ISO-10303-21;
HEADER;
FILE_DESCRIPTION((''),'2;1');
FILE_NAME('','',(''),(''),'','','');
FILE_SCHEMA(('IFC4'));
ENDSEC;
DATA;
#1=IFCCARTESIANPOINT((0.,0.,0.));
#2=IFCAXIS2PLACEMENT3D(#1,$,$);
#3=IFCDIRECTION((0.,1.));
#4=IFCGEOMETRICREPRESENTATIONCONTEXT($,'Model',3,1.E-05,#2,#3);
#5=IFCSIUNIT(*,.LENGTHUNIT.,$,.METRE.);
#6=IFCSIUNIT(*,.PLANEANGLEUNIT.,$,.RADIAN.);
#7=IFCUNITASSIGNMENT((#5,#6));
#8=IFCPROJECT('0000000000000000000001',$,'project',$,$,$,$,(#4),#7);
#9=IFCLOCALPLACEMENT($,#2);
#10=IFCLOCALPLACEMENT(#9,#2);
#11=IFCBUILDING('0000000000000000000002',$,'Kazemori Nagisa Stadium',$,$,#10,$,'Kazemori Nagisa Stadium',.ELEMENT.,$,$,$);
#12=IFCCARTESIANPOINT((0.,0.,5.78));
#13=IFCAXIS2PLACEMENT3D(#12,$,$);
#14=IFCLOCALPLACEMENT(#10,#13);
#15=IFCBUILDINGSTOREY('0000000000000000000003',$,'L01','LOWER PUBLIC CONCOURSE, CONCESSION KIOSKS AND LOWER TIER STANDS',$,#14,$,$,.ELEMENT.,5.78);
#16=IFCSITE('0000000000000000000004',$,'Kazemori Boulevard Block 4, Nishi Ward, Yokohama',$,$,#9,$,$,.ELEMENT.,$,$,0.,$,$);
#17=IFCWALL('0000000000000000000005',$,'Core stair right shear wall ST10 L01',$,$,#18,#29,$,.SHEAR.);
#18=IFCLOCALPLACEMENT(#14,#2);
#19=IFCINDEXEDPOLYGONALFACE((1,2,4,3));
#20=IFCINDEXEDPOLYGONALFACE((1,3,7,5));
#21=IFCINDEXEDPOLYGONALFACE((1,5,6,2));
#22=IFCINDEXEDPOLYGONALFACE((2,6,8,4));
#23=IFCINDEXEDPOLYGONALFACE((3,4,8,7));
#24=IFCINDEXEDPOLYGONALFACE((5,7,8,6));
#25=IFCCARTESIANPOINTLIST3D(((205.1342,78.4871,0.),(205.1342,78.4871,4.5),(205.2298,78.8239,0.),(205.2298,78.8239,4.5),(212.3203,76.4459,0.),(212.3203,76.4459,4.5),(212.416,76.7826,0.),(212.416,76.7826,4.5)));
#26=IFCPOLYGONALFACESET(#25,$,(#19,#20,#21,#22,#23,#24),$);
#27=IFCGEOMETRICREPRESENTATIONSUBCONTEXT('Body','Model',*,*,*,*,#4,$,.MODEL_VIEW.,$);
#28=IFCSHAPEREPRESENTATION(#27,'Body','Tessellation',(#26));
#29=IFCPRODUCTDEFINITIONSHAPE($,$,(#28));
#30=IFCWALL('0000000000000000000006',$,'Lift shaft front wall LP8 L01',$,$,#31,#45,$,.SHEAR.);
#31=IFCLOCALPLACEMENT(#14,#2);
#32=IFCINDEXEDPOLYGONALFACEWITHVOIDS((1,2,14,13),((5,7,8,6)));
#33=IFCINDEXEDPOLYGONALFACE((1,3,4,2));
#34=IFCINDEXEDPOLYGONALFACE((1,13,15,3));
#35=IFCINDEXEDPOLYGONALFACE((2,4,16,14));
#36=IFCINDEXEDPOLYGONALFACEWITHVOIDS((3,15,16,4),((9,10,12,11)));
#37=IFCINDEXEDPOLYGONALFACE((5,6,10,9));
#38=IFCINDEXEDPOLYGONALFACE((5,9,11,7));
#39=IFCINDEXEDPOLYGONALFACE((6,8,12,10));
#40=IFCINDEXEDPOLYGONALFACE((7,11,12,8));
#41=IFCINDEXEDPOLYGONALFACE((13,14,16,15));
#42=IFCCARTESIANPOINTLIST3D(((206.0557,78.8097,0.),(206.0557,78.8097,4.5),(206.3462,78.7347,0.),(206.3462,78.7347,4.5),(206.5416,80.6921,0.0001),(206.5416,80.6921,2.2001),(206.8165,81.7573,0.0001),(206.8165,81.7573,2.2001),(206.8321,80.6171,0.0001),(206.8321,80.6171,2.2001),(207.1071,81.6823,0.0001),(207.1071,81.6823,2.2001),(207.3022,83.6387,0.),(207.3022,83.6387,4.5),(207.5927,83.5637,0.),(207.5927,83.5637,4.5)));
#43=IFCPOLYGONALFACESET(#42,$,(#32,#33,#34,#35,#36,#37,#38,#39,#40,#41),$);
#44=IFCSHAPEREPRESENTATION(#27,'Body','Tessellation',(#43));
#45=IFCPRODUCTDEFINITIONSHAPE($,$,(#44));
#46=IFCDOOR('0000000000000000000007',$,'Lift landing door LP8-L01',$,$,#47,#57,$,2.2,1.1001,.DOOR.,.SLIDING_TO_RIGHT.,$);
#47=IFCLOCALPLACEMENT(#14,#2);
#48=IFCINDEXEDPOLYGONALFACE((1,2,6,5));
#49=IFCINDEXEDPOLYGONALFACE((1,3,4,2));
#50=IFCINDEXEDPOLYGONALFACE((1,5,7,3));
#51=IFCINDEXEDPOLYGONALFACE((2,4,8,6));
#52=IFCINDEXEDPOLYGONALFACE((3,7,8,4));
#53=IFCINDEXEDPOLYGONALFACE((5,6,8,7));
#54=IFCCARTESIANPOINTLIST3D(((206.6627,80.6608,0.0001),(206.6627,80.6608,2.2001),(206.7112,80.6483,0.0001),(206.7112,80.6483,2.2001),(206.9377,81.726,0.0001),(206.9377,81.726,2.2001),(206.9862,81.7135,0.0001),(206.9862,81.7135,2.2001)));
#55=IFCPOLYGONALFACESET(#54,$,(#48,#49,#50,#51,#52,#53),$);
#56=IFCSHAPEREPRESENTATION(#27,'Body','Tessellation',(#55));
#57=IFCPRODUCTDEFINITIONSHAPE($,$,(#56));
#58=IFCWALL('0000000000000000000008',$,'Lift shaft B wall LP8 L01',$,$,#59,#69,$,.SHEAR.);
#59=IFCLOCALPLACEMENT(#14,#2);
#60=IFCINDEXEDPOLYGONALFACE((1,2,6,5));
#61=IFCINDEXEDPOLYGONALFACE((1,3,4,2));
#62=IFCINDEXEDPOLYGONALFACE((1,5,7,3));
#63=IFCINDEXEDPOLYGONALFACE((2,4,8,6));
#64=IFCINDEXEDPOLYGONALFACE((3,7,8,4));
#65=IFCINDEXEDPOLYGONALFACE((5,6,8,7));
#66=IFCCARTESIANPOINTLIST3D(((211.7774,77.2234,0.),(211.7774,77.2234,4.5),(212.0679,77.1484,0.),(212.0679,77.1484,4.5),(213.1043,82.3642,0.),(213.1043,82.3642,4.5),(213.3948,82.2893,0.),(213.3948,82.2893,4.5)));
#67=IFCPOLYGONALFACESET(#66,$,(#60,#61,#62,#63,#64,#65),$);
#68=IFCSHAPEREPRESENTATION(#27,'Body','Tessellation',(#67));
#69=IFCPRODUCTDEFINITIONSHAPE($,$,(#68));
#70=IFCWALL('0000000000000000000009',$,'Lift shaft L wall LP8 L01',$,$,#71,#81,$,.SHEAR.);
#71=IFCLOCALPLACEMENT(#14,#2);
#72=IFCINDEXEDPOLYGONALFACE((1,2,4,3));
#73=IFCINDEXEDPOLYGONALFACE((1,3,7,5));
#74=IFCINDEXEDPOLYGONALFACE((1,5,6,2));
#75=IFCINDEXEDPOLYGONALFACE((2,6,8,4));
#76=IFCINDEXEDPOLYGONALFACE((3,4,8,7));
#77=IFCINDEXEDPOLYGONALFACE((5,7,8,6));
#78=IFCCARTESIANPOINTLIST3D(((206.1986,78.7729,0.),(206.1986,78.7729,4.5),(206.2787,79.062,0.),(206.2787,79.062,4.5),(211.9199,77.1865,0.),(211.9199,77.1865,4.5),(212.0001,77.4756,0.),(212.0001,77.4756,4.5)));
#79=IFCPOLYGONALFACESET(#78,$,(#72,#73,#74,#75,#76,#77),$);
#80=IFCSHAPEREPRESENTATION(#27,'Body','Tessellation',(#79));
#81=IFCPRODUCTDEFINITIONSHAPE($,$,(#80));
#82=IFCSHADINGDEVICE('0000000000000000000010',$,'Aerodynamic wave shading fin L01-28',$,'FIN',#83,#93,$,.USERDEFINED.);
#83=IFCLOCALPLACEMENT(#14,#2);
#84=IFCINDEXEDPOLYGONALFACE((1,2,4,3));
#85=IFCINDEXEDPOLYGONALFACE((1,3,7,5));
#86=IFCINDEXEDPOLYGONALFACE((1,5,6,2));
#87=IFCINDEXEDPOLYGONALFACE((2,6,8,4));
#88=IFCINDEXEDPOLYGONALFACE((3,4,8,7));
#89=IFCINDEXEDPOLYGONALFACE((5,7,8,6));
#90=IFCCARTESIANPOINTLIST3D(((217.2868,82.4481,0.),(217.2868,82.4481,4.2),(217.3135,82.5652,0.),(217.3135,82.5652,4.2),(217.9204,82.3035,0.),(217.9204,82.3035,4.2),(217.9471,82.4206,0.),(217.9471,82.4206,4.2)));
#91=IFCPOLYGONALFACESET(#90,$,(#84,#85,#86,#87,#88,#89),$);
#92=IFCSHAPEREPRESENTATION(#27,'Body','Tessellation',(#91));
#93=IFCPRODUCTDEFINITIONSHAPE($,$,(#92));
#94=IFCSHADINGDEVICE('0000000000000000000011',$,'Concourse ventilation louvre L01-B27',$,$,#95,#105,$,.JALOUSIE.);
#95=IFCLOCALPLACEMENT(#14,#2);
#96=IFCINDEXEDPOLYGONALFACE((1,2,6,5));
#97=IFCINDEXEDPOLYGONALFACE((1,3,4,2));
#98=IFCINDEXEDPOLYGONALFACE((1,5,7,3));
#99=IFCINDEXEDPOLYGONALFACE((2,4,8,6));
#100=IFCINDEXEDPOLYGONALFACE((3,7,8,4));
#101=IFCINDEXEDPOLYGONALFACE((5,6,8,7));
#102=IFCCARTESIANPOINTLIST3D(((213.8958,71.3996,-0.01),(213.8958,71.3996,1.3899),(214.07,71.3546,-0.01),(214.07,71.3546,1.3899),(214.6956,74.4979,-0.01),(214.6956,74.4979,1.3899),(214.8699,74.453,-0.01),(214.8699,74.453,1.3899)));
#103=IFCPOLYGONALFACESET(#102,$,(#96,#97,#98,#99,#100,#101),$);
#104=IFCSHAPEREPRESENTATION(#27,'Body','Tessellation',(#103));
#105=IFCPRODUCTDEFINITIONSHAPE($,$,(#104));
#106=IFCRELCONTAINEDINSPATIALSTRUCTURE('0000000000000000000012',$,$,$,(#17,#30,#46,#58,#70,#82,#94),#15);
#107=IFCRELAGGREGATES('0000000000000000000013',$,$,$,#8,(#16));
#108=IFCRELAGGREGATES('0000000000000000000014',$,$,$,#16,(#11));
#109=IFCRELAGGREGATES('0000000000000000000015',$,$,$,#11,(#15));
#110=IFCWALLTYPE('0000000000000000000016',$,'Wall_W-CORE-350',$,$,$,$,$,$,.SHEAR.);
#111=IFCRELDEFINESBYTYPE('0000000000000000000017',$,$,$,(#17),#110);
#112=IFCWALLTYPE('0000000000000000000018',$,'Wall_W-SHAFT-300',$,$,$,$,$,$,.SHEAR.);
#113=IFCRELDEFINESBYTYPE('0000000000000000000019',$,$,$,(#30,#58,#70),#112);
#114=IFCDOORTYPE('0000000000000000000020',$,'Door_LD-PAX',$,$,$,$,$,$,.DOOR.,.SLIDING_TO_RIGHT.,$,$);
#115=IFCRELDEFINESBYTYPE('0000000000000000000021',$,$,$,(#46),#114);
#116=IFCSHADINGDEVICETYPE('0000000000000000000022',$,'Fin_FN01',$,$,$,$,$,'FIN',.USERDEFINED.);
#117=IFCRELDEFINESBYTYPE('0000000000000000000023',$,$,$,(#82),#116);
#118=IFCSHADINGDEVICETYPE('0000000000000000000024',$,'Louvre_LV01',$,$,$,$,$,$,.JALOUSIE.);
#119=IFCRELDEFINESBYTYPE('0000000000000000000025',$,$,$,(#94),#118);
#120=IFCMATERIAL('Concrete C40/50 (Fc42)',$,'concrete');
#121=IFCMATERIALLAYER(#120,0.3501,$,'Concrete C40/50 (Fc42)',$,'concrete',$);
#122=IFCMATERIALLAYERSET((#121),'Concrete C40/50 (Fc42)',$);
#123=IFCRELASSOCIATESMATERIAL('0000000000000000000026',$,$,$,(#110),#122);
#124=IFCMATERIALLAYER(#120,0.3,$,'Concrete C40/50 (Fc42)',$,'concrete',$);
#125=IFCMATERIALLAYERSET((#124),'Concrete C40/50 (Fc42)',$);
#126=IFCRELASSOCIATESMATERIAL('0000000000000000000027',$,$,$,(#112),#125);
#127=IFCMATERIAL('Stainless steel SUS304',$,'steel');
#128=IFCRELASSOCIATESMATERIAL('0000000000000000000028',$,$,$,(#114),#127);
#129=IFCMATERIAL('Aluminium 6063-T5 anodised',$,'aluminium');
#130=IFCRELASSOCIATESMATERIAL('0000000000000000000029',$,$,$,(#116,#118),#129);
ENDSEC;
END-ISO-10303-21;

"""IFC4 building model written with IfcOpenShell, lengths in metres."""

from ifc_helpers import new_model, si_unit, direction, frame, frame_2d, origin, origin_2d, place, context, subcontext, project, spatial, rectangle, extrude, material, layer, layer_set, type_object, element, fill, save


model = new_model("IFC4")

# Units and contexts
model_context = context("Model", 3, precision=1e-05, world=origin(), true_north=direction((0.0, 1.0)))
body_context = subcontext(model_context, "Body", "Model", "MODEL_VIEW")
ifc_project = project(units=[si_unit("LENGTHUNIT", "METRE"), si_unit("PLANEANGLEUNIT", "RADIAN")], contexts=[model_context])

# Site, building, storey
site_placement = place(None, origin())
site = spatial("IfcSite", under=ifc_project, at=site_placement, Name="Kazemori Boulevard Block 4, Nishi Ward, Yokohama", CompositionType="ELEMENT", RefElevation=0.0)
building_placement = place(site_placement, origin())
building = spatial("IfcBuilding", under=site, at=building_placement, Name="Kazemori Nagisa Stadium", LongName="Kazemori Nagisa Stadium", CompositionType="ELEMENT")
storey_placement = place(building_placement, frame((0.0, 0.0, 5.78)))
storey = spatial("IfcBuildingStorey", under=building, at=storey_placement, Name="L01", Description="LOWER PUBLIC CONCOURSE, CONCESSION KIOSKS AND LOWER TIER STANDS", CompositionType="ELEMENT", Elevation=5.78)

# Shared definitions
ifc_material_1 = material(Name="Concrete C40/50 (Fc42)", Category="concrete")

# Shared definitions
ifc_material_2 = material(Name="Aluminium 6063-T5 anodised", Category="aluminium")

# Wall
ifc_layer_1 = layer(ifc_material_1, 0.3501, Name="Concrete C40/50 (Fc42)", Category="concrete")
ifc_layer_set_1 = layer_set([ifc_layer_1], Name="Concrete C40/50 (Fc42)")
wall_type_1 = type_object("IfcWallType", Name="Wall_W-CORE-350", PredefinedType="SHEAR", material=ifc_layer_set_1)
wall_1_placement = place(storey_placement, frame((205.1819, 78.6555, 0.0), z_axis=(0.0, 0.0, 1.0), x_axis=(0.961946, -0.27324, 0.0)))
element("IfcWall", 1, at=wall_1_placement, inside=storey, type_object=wall_type_1, Name="Core stair right shear wall ST10 L01", PredefinedType="SHEAR", context=body_context, shape_type="SweptSolid", body=[
    extrude(rectangle(XDim=7.4705, YDim=0.3501, at=frame_2d((3.7354, 0.0))), origin(), (0.0, 0.0, 1.0), 4.5),
])

# Wall, opening, door
ifc_layer_2 = layer(ifc_material_1, 0.3, Name="Concrete C40/50 (Fc42)", Category="concrete")
ifc_layer_set_2 = layer_set([ifc_layer_2], Name="Concrete C40/50 (Fc42)")
wall_type_2 = type_object("IfcWallType", Name="Wall_W-SHAFT-300", PredefinedType="SHEAR", material=ifc_layer_set_2)
wall_2_placement = place(storey_placement, frame((206.2009, 78.7722, 0.0), z_axis=(0.0, 0.0, 1.0), x_axis=(0.249946, 0.96826, 0.0)))
wall_2 = element("IfcWall", 2, at=wall_2_placement, inside=storey, type_object=wall_type_2, Name="Lift shaft front wall LP8 L01", PredefinedType="SHEAR", context=body_context, shape_type="SweptSolid", body=[
    extrude(rectangle(XDim=4.9873, YDim=0.3, at=frame_2d((2.4937, 0.0))), origin(), (0.0, 0.0, 1.0), 4.5),
])
opening_placement = place(wall_2_placement, frame((1.9441, 0.0, 0.0)))
opening = element("IfcOpeningElement", 3, at=opening_placement, cuts=wall_2, PredefinedType="OPENING", context=body_context, shape_type="SweptSolid", body=[
    extrude(rectangle(XDim=1.1001, YDim=2.2, at=frame_2d((0.55, 1.1001))), frame((0.0, 0.1599, 0.0), z_axis=(0.0, -1.0, 0.0), x_axis=(1.0, 0.0, 0.0)), (0.0, 0.0, 1.0), 0.3201),
])
ifc_material_3 = material(Name="Stainless steel SUS304", Category="steel")
door_type = type_object("IfcDoorType", Name="Door_LD-PAX", OperationType="SLIDING_TO_RIGHT", PredefinedType="DOOR", material=ifc_material_3)
door_placement = place(opening_placement, origin())
door = element("IfcDoor", 4, at=door_placement, inside=storey, type_object=door_type, Name="Lift landing door LP8-L01", OperationType="SLIDING_TO_RIGHT", OverallHeight=2.2, OverallWidth=1.1001, PredefinedType="DOOR", context=body_context, shape_type="SweptSolid", body=[
    extrude(rectangle(XDim=1.1001, YDim=2.2, at=frame_2d((0.55, 1.1001))), frame((0.0, 0.0249, 0.0), z_axis=(0.0, -1.0, 0.0), x_axis=(1.0, 0.0, 0.0)), (0.0, 0.0, 1.0), 0.05),
])
fill(opening, door)

# Walls
wall_3_placement = place(storey_placement, frame((211.9226, 77.1858, 0.0), z_axis=(0.0, 0.0, 1.0), x_axis=(0.249918, 0.968267, 0.0)))
element("IfcWall", 5, at=wall_3_placement, inside=storey, type_object=wall_type_2, Name="Lift shaft B wall LP8 L01", PredefinedType="SHEAR", context=body_context, shape_type="SweptSolid", body=[
    extrude(rectangle(XDim=5.3093, YDim=0.3, at=frame_2d((2.6548, 0.0))), origin(), (0.0, 0.0, 1.0), 4.5),
])
wall_4_placement = place(storey_placement, frame((206.2385, 78.9175, 0.0), z_axis=(0.0, 0.0, 1.0), x_axis=(0.963642, -0.267196, 0.0)))
element("IfcWall", 6, at=wall_4_placement, inside=storey, type_object=wall_type_2, Name="Lift shaft L wall LP8 L01", PredefinedType="SHEAR", context=body_context, shape_type="SweptSolid", body=[
    extrude(rectangle(XDim=5.9373, YDim=0.3, at=frame_2d((2.9688, 0.0))), origin(), (0.0, 0.0, 1.0), 4.5),
])

# Shading devices
shading_device_type_1 = type_object("IfcShadingDeviceType", Name="Fin_FN01", ElementType="FIN", PredefinedType="USERDEFINED", material=ifc_material_2)
shading_device_1_placement = place(storey_placement, frame((217.6169, 82.4343, 0.0), z_axis=(0.0, 0.0, 1.0), x_axis=(0.974928, -0.222521, 0.0)))
element("IfcShadingDevice", 7, at=shading_device_1_placement, inside=storey, type_object=shading_device_type_1, Name="Aerodynamic wave shading fin L01-28", ObjectType="FIN", PredefinedType="USERDEFINED", context=body_context, shape_type="SweptSolid", body=[
    extrude(rectangle(XDim=0.6499, YDim=0.1201, at=origin_2d()), origin(), (0.0, 0.0, 1.0), 4.2),
])
shading_device_type_2 = type_object("IfcShadingDeviceType", Name="Louvre_LV01", PredefinedType="JALOUSIE", material=ifc_material_2)
shading_device_2_placement = place(storey_placement, frame((214.3828, 72.9263, -0.01), z_axis=(0.0, 0.0, 1.0), x_axis=(0.249965, 0.968255, 0.0)))
element("IfcShadingDevice", 8, at=shading_device_2_placement, inside=storey, type_object=shading_device_type_2, Name="Concourse ventilation louvre L01-B27", PredefinedType="JALOUSIE", context=body_context, shape_type="SweptSolid", body=[
    extrude(rectangle(XDim=3.2, YDim=0.1799, at=origin_2d()), origin(), (0.0, 0.0, 1.0), 1.3999),
])

save(model, "model.ifc")
